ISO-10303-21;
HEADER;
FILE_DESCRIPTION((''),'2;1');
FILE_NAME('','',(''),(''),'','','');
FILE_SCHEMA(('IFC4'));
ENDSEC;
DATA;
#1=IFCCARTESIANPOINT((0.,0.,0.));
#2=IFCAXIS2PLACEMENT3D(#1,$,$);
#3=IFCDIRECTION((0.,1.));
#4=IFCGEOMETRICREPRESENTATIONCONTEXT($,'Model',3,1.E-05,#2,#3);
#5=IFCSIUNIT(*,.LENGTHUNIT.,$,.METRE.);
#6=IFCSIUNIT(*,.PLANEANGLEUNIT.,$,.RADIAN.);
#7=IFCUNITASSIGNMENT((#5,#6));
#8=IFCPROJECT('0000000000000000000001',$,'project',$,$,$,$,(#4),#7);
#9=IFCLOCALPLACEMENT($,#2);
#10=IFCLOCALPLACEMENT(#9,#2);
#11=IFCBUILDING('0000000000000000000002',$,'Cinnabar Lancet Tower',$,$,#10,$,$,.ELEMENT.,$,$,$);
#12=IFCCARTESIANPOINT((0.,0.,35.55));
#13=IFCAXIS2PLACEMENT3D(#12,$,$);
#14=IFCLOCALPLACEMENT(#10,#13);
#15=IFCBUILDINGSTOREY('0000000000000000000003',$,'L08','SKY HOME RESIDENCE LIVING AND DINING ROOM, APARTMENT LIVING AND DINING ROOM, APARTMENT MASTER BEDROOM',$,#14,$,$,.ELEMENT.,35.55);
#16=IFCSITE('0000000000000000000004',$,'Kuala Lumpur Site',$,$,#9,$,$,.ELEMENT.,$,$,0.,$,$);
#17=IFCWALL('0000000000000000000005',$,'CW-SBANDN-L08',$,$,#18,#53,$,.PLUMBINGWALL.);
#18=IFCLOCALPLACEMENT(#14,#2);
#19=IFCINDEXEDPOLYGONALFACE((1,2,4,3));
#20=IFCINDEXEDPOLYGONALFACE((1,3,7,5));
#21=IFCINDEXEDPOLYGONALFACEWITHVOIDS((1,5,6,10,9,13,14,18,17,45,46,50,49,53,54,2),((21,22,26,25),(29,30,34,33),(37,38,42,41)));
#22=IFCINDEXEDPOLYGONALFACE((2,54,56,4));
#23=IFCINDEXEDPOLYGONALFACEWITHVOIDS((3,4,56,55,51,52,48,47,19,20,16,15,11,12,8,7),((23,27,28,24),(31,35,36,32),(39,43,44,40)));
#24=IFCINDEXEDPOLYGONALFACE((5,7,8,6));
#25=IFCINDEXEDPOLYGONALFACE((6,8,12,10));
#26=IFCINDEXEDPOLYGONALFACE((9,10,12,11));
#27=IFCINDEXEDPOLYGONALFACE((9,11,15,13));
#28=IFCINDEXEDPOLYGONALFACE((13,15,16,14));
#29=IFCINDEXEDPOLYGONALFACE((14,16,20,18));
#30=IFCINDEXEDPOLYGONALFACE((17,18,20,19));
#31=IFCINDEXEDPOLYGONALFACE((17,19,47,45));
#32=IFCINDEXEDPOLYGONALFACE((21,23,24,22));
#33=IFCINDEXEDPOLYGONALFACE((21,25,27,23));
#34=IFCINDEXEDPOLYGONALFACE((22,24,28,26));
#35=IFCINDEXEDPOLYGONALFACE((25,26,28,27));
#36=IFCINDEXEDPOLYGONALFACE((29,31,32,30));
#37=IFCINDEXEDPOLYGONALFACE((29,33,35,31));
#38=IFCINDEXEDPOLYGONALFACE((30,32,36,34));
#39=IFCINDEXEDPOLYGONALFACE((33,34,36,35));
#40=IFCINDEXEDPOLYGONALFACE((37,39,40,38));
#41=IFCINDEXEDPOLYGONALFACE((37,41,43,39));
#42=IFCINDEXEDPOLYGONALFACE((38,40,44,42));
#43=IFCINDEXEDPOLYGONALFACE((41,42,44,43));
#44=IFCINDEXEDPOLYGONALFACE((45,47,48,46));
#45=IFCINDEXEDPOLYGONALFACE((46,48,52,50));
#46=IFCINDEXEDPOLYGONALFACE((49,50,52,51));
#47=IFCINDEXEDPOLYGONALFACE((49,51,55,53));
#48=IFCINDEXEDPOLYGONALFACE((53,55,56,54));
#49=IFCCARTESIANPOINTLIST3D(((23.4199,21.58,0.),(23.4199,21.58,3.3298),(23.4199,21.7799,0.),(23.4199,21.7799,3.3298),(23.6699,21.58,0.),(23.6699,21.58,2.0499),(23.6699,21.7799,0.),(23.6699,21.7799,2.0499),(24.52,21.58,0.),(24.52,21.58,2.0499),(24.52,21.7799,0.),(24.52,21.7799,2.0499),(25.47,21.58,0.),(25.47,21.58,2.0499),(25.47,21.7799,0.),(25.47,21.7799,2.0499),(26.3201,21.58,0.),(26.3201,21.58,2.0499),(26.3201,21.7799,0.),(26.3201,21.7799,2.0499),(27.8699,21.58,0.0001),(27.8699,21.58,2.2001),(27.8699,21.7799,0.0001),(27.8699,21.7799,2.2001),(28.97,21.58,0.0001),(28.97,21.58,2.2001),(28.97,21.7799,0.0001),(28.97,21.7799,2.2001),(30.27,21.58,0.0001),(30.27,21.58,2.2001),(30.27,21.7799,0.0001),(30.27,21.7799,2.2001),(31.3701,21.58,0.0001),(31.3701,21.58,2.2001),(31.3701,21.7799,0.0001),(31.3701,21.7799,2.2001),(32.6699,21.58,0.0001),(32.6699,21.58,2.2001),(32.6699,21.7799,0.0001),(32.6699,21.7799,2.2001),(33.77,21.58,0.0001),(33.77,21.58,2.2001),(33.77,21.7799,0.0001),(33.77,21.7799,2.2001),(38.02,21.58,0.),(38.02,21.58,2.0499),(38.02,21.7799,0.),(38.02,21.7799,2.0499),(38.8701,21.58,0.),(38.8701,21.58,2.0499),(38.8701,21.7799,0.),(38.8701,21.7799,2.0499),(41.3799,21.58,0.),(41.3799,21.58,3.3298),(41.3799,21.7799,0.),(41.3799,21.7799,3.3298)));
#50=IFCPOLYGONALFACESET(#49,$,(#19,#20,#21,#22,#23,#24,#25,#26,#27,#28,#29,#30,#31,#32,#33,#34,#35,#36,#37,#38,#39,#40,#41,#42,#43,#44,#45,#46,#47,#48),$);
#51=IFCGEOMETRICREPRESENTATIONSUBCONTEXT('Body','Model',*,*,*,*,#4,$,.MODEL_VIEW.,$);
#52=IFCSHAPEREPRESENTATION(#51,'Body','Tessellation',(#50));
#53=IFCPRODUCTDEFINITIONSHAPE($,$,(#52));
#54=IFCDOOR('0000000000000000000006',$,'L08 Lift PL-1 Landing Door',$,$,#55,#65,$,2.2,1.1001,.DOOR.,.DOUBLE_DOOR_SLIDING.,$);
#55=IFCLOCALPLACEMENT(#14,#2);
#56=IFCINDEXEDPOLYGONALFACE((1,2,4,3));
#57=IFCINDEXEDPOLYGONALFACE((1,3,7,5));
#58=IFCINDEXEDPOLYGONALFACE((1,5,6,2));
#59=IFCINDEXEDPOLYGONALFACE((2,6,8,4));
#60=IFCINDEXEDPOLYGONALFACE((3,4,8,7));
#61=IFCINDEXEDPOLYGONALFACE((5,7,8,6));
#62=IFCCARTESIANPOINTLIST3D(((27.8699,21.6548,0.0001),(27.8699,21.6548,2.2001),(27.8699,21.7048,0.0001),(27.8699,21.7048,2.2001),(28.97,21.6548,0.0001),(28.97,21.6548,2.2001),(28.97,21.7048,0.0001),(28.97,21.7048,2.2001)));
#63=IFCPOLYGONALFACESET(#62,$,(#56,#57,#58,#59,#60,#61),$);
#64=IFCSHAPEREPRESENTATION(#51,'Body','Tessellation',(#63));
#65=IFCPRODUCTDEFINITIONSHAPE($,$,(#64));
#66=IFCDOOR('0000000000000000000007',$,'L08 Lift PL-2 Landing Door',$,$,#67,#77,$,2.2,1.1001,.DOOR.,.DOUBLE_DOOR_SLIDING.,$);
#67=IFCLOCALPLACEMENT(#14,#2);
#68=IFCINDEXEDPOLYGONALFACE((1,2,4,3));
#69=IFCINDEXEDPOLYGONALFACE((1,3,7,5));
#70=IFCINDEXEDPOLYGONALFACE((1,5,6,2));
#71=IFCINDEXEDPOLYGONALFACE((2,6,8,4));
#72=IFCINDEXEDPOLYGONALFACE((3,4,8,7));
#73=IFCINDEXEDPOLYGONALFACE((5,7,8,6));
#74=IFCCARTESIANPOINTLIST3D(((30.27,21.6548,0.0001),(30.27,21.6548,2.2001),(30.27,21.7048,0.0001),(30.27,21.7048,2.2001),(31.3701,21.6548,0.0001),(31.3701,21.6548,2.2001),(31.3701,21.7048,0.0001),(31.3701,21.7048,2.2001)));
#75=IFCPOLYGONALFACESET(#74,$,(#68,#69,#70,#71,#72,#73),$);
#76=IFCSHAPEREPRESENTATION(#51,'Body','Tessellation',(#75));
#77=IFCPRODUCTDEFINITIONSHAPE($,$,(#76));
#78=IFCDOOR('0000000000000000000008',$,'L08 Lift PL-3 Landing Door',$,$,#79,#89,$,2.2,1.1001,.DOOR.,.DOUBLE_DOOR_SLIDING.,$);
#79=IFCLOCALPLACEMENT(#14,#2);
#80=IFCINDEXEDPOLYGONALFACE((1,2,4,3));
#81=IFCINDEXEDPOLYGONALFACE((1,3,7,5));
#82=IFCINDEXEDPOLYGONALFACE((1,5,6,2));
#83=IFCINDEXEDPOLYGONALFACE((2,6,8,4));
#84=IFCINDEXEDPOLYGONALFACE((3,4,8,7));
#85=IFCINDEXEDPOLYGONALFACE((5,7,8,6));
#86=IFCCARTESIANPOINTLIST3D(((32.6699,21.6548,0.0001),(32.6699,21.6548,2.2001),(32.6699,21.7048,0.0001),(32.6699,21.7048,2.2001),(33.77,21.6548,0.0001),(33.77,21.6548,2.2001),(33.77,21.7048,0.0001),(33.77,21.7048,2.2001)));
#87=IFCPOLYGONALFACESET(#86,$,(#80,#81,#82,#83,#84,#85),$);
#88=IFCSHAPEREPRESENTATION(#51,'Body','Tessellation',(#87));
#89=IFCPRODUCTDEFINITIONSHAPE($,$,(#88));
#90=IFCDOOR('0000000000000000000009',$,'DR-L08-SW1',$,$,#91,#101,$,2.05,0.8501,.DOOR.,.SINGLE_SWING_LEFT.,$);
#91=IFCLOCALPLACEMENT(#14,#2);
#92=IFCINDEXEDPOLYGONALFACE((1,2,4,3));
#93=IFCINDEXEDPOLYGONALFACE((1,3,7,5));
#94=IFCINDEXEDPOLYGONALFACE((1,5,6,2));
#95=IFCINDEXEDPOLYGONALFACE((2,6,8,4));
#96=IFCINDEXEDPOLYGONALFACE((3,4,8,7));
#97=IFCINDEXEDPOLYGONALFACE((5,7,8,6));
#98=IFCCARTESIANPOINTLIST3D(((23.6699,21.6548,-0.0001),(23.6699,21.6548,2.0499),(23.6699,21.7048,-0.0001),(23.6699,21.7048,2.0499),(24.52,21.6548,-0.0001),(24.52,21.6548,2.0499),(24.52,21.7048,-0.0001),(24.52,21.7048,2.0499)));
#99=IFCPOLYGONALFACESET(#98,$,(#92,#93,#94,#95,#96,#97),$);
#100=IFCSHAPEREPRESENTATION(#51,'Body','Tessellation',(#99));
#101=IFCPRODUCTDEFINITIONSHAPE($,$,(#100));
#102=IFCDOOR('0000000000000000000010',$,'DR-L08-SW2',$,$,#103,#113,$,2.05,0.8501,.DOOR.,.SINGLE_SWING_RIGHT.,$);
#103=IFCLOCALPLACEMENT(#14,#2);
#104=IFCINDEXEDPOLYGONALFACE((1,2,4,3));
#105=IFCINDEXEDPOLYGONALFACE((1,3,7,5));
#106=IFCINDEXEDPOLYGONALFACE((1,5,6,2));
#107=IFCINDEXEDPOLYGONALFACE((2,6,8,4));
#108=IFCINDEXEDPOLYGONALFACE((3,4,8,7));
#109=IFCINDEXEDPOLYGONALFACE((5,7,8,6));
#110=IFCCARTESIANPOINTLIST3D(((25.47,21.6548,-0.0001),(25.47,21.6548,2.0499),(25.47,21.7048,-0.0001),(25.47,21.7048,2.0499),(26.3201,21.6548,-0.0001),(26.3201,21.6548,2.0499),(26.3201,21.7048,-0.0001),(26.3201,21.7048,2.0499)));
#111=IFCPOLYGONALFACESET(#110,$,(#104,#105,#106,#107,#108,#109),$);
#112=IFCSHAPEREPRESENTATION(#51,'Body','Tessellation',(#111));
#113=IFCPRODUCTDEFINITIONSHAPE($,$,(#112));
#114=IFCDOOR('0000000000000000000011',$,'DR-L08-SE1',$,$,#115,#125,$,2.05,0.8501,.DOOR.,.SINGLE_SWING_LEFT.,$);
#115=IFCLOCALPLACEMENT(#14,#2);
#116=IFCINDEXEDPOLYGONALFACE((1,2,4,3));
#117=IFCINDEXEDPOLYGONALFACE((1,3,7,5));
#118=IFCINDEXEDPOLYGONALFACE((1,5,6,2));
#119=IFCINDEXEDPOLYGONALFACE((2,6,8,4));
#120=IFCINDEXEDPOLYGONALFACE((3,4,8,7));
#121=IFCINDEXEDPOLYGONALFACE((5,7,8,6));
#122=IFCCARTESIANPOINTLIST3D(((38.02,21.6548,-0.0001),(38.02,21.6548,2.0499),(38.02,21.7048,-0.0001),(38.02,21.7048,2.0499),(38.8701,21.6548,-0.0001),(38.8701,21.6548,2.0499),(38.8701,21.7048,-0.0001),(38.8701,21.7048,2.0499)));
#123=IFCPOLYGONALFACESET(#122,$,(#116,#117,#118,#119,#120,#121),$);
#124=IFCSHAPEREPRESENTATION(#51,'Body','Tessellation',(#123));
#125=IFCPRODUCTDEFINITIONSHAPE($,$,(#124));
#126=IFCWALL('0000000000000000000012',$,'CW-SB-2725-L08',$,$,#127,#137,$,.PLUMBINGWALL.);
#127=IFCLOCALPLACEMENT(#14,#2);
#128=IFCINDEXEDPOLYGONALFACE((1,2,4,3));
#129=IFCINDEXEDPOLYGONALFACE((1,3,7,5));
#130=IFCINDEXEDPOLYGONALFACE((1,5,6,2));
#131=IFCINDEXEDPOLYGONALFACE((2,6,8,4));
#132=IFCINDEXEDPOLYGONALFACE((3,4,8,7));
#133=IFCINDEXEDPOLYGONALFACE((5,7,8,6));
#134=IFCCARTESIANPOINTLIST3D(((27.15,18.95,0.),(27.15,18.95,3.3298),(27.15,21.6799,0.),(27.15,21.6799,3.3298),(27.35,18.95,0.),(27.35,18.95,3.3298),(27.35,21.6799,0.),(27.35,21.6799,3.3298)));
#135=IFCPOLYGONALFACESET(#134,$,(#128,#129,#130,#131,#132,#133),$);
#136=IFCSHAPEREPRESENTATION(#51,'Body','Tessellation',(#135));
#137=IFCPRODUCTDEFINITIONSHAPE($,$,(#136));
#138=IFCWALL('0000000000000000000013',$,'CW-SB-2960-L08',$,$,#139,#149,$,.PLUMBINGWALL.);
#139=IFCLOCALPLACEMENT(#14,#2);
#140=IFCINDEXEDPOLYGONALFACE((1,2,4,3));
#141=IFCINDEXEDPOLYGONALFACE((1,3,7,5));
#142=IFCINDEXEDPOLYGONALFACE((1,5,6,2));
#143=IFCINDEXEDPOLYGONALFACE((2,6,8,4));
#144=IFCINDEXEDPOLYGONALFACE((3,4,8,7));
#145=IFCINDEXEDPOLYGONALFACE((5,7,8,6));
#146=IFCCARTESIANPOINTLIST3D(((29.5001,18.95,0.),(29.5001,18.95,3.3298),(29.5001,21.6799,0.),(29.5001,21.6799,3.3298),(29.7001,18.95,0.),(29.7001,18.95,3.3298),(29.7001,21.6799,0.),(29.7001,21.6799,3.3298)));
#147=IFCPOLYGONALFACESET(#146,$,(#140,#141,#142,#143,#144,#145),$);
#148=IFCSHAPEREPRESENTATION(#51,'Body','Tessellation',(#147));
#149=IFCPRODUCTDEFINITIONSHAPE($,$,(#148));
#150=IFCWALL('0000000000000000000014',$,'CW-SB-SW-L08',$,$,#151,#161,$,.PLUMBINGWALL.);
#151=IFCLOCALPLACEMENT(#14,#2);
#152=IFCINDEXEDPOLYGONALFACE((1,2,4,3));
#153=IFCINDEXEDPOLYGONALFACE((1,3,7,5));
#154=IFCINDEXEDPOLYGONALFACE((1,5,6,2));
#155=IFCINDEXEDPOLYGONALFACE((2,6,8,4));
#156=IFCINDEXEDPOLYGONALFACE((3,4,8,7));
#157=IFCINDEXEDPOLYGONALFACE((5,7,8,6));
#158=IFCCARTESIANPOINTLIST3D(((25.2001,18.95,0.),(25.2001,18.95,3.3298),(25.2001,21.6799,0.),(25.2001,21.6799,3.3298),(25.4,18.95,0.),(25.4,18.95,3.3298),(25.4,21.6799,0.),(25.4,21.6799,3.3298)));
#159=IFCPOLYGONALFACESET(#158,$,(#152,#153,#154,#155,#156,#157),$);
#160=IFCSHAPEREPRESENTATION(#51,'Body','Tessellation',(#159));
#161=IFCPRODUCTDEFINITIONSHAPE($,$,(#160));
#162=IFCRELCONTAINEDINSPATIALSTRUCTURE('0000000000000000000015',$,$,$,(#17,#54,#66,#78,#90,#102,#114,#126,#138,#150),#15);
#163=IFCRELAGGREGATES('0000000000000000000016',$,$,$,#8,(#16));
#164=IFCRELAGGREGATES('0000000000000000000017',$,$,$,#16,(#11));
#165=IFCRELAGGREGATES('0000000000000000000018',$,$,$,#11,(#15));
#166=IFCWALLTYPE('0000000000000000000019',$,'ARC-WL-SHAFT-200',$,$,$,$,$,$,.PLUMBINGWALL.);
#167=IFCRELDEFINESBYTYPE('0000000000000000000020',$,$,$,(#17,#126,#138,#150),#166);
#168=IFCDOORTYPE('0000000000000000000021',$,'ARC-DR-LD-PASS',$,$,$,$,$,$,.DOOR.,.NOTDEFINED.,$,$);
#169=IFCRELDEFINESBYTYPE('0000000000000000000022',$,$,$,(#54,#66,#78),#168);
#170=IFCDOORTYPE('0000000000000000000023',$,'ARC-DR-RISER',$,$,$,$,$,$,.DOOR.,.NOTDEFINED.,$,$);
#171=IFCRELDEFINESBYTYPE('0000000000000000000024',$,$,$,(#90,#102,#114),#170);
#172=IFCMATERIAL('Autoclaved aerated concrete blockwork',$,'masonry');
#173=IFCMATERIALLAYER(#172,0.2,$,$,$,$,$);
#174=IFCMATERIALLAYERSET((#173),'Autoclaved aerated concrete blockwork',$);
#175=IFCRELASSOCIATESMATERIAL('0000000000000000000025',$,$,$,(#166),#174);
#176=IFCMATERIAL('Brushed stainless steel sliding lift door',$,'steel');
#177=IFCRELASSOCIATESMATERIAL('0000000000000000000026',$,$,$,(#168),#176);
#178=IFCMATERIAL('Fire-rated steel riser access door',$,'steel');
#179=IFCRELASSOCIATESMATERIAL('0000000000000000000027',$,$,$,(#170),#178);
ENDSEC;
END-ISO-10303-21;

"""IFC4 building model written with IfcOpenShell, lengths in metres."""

from ifc_helpers import new_model, si_unit, direction, frame, frame_2d, origin, place, context, subcontext, project, spatial, rectangle, extrude, material, layer, layer_set, type_object, element, fill, save


model = new_model("IFC4")

# Units and contexts
model_context = context("Model", 3, precision=1e-05, world=origin(), true_north=direction((0.0, 1.0)))
body_context = subcontext(model_context, "Body", "Model", "MODEL_VIEW")
ifc_project = project(units=[si_unit("LENGTHUNIT", "METRE"), si_unit("PLANEANGLEUNIT", "RADIAN")], contexts=[model_context])

# Site, building, storey
site_placement = place(None, origin())
site = spatial("IfcSite", under=ifc_project, at=site_placement, Name="Kuala Lumpur Site", CompositionType="ELEMENT", RefElevation=0.0)
building_placement = place(site_placement, origin())
building = spatial("IfcBuilding", under=site, at=building_placement, Name="Cinnabar Lancet Tower", CompositionType="ELEMENT")
storey_placement = place(building_placement, frame((0.0, 0.0, 35.55)))
storey = spatial("IfcBuildingStorey", under=building, at=storey_placement, Name="L08", Description="SKY HOME RESIDENCE LIVING AND DINING ROOM, APARTMENT LIVING AND DINING ROOM, APARTMENT MASTER BEDROOM", CompositionType="ELEMENT", Elevation=35.55)

# Shared definitions
ifc_material_1 = material(Name="Autoclaved aerated concrete blockwork", Category="masonry")
ifc_layer_1 = layer(ifc_material_1, 0.2)
ifc_layer_set_1 = layer_set([ifc_layer_1], Name="Autoclaved aerated concrete blockwork")
wall_type_1 = type_object("IfcWallType", Name="ARC-WL-SHAFT-200", PredefinedType="PLUMBINGWALL", material=ifc_layer_set_1)

# Wall, openings, doors
wall_1_placement = place(storey_placement, frame((23.4199, 21.6799, 0.0), z_axis=(0.0, 0.0, 1.0), x_axis=(1.0, 0.0, 0.0)))
wall_1 = element("IfcWall", 1, at=wall_1_placement, inside=storey, type_object=wall_type_1, Name="CW-SBANDN-L08", PredefinedType="PLUMBINGWALL", context=body_context, shape_type="SweptSolid", body=[
    extrude(rectangle(XDim=17.96, YDim=0.2, at=frame_2d((8.98, 0.0))), origin(), (0.0, 0.0, 1.0), 3.3298),
])
opening_1_placement = place(wall_1_placement, frame((4.45, 0.0, 0.0)))
opening_1 = element("IfcOpeningElement", 2, at=opening_1_placement, cuts=wall_1, PredefinedType="OPENING", context=body_context, shape_type="SweptSolid", body=[
    extrude(rectangle(XDim=1.1001, YDim=2.2, at=frame_2d((0.55, 1.1001))), frame((0.0, 0.1099, 0.0), z_axis=(0.0, -1.0, 0.0), x_axis=(1.0, 0.0, 0.0)), (0.0, 0.0, 1.0), 0.22),
])
opening_2_placement = place(wall_1_placement, frame((6.8501, 0.0, 0.0)))
opening_2 = element("IfcOpeningElement", 3, at=opening_2_placement, cuts=wall_1, PredefinedType="OPENING", context=body_context, shape_type="SweptSolid", body=[
    extrude(rectangle(XDim=1.1001, YDim=2.2, at=frame_2d((0.55, 1.1001))), frame((0.0, 0.1099, 0.0), z_axis=(0.0, -1.0, 0.0), x_axis=(1.0, 0.0, 0.0)), (0.0, 0.0, 1.0), 0.22),
])
opening_3_placement = place(wall_1_placement, frame((9.25, 0.0, 0.0)))
opening_3 = element("IfcOpeningElement", 4, at=opening_3_placement, cuts=wall_1, PredefinedType="OPENING", context=body_context, shape_type="SweptSolid", body=[
    extrude(rectangle(XDim=1.1001, YDim=2.2, at=frame_2d((0.55, 1.1001))), frame((0.0, 0.1099, 0.0), z_axis=(0.0, -1.0, 0.0), x_axis=(1.0, 0.0, 0.0)), (0.0, 0.0, 1.0), 0.22),
])
opening_4_placement = place(wall_1_placement, frame((0.25, 0.0, 0.0)))
opening_4 = element("IfcOpeningElement", 5, at=opening_4_placement, cuts=wall_1, PredefinedType="OPENING", context=body_context, shape_type="SweptSolid", body=[
    extrude(rectangle(XDim=0.8501, YDim=2.05, at=frame_2d((0.425, 1.0249))), frame((0.0, 0.1099, 0.0), z_axis=(0.0, -1.0, 0.0), x_axis=(1.0, 0.0, 0.0)), (0.0, 0.0, 1.0), 0.22),
])
opening_5_placement = place(wall_1_placement, frame((2.05, 0.0, 0.0)))
opening_5 = element("IfcOpeningElement", 6, at=opening_5_placement, cuts=wall_1, PredefinedType="OPENING", context=body_context, shape_type="SweptSolid", body=[
    extrude(rectangle(XDim=0.8501, YDim=2.05, at=frame_2d((0.425, 1.0249))), frame((0.0, 0.1099, 0.0), z_axis=(0.0, -1.0, 0.0), x_axis=(1.0, 0.0, 0.0)), (0.0, 0.0, 1.0), 0.22),
])
opening_6_placement = place(wall_1_placement, frame((14.6001, 0.0, 0.0)))
opening_6 = element("IfcOpeningElement", 7, at=opening_6_placement, cuts=wall_1, PredefinedType="OPENING", context=body_context, shape_type="SweptSolid", body=[
    extrude(rectangle(XDim=0.8501, YDim=2.05, at=frame_2d((0.425, 1.0249))), frame((0.0, 0.1099, 0.0), z_axis=(0.0, -1.0, 0.0), x_axis=(1.0, 0.0, 0.0)), (0.0, 0.0, 1.0), 0.22),
])
ifc_material_2 = material(Name="Brushed stainless steel sliding lift door", Category="steel")
door_type_1 = type_object("IfcDoorType", Name="ARC-DR-LD-PASS", OperationType="NOTDEFINED", PredefinedType="DOOR", material=ifc_material_2)
door_1_placement = place(opening_1_placement, origin())
door_1 = element("IfcDoor", 8, at=door_1_placement, inside=storey, type_object=door_type_1, Name="L08 Lift PL-1 Landing Door", OperationType="DOUBLE_DOOR_SLIDING", OverallHeight=2.2, OverallWidth=1.1001, PredefinedType="DOOR", context=body_context, shape_type="SweptSolid", body=[
    extrude(rectangle(XDim=1.1001, YDim=2.2, at=frame_2d((0.55, 1.1001))), frame((0.0, 0.0249, 0.0), z_axis=(0.0, -1.0, 0.0), x_axis=(1.0, 0.0, 0.0)), (0.0, 0.0, 1.0), 0.05),
])
fill(opening_1, door_1)
door_2_placement = place(opening_2_placement, origin())
door_2 = element("IfcDoor", 9, at=door_2_placement, inside=storey, type_object=door_type_1, Name="L08 Lift PL-2 Landing Door", OperationType="DOUBLE_DOOR_SLIDING", OverallHeight=2.2, OverallWidth=1.1001, PredefinedType="DOOR", context=body_context, shape_type="SweptSolid", body=[
    extrude(rectangle(XDim=1.1001, YDim=2.2, at=frame_2d((0.55, 1.1001))), frame((0.0, 0.0249, 0.0), z_axis=(0.0, -1.0, 0.0), x_axis=(1.0, 0.0, 0.0)), (0.0, 0.0, 1.0), 0.05),
])
fill(opening_2, door_2)
door_3_placement = place(opening_3_placement, origin())
door_3 = element("IfcDoor", 10, at=door_3_placement, inside=storey, type_object=door_type_1, Name="L08 Lift PL-3 Landing Door", OperationType="DOUBLE_DOOR_SLIDING", OverallHeight=2.2, OverallWidth=1.1001, PredefinedType="DOOR", context=body_context, shape_type="SweptSolid", body=[
    extrude(rectangle(XDim=1.1001, YDim=2.2, at=frame_2d((0.55, 1.1001))), frame((0.0, 0.0249, 0.0), z_axis=(0.0, -1.0, 0.0), x_axis=(1.0, 0.0, 0.0)), (0.0, 0.0, 1.0), 0.05),
])
fill(opening_3, door_3)
ifc_material_3 = material(Name="Fire-rated steel riser access door", Category="steel")
door_type_2 = type_object("IfcDoorType", Name="ARC-DR-RISER", OperationType="NOTDEFINED", PredefinedType="DOOR", material=ifc_material_3)
door_4_placement = place(opening_4_placement, origin())
door_4 = element("IfcDoor", 11, at=door_4_placement, inside=storey, type_object=door_type_2, Name="DR-L08-SW1", OperationType="SINGLE_SWING_LEFT", OverallHeight=2.05, OverallWidth=0.8501, PredefinedType="DOOR", context=body_context, shape_type="SweptSolid", body=[
    extrude(rectangle(XDim=0.8501, YDim=2.05, at=frame_2d((0.425, 1.0249))), frame((0.0, 0.0249, 0.0), z_axis=(0.0, -1.0, 0.0), x_axis=(1.0, 0.0, 0.0)), (0.0, 0.0, 1.0), 0.05),
])
fill(opening_4, door_4)
door_5_placement = place(opening_5_placement, origin())
door_5 = element("IfcDoor", 12, at=door_5_placement, inside=storey, type_object=door_type_2, Name="DR-L08-SW2", OperationType="SINGLE_SWING_RIGHT", OverallHeight=2.05, OverallWidth=0.8501, PredefinedType="DOOR", context=body_context, shape_type="SweptSolid", body=[
    extrude(rectangle(XDim=0.8501, YDim=2.05, at=frame_2d((0.425, 1.0249))), frame((0.0, 0.0249, 0.0), z_axis=(0.0, -1.0, 0.0), x_axis=(1.0, 0.0, 0.0)), (0.0, 0.0, 1.0), 0.05),
])
fill(opening_5, door_5)
door_6_placement = place(opening_6_placement, origin())
door_6 = element("IfcDoor", 13, at=door_6_placement, inside=storey, type_object=door_type_2, Name="DR-L08-SE1", OperationType="SINGLE_SWING_LEFT", OverallHeight=2.05, OverallWidth=0.8501, PredefinedType="DOOR", context=body_context, shape_type="SweptSolid", body=[
    extrude(rectangle(XDim=0.8501, YDim=2.05, at=frame_2d((0.425, 1.0249))), frame((0.0, 0.0249, 0.0), z_axis=(0.0, -1.0, 0.0), x_axis=(1.0, 0.0, 0.0)), (0.0, 0.0, 1.0), 0.05),
])
fill(opening_6, door_6)

# Walls
for number, where, z_axis, x_axis, name in (
    (14, (27.25, 18.95, 0.0), (0.0, 0.0, 1.0), (0.0, 1.0, 0.0), "CW-SB-2725-L08"),
    (15, (29.6001, 18.95, 0.0), (0.0, 0.0, 1.0), (0.0, 1.0, 0.0), "CW-SB-2960-L08"),
    (16, (25.3, 18.95, 0.0), (0.0, 0.0, 1.0), (0.0, 1.0, 0.0), "CW-SB-SW-L08"),
):
    element("IfcWall", number, at=place(storey_placement, frame(where, z_axis=z_axis, x_axis=x_axis)), inside=storey, type_object=wall_type_1, Name=name, PredefinedType="PLUMBINGWALL", context=body_context, shape_type="SweptSolid", body=[
        extrude(rectangle(XDim=2.73, YDim=0.2, at=frame_2d((1.365, 0.0))), origin(), (0.0, 0.0, 1.0), 3.3298),
    ])

save(model, "model.ifc")
